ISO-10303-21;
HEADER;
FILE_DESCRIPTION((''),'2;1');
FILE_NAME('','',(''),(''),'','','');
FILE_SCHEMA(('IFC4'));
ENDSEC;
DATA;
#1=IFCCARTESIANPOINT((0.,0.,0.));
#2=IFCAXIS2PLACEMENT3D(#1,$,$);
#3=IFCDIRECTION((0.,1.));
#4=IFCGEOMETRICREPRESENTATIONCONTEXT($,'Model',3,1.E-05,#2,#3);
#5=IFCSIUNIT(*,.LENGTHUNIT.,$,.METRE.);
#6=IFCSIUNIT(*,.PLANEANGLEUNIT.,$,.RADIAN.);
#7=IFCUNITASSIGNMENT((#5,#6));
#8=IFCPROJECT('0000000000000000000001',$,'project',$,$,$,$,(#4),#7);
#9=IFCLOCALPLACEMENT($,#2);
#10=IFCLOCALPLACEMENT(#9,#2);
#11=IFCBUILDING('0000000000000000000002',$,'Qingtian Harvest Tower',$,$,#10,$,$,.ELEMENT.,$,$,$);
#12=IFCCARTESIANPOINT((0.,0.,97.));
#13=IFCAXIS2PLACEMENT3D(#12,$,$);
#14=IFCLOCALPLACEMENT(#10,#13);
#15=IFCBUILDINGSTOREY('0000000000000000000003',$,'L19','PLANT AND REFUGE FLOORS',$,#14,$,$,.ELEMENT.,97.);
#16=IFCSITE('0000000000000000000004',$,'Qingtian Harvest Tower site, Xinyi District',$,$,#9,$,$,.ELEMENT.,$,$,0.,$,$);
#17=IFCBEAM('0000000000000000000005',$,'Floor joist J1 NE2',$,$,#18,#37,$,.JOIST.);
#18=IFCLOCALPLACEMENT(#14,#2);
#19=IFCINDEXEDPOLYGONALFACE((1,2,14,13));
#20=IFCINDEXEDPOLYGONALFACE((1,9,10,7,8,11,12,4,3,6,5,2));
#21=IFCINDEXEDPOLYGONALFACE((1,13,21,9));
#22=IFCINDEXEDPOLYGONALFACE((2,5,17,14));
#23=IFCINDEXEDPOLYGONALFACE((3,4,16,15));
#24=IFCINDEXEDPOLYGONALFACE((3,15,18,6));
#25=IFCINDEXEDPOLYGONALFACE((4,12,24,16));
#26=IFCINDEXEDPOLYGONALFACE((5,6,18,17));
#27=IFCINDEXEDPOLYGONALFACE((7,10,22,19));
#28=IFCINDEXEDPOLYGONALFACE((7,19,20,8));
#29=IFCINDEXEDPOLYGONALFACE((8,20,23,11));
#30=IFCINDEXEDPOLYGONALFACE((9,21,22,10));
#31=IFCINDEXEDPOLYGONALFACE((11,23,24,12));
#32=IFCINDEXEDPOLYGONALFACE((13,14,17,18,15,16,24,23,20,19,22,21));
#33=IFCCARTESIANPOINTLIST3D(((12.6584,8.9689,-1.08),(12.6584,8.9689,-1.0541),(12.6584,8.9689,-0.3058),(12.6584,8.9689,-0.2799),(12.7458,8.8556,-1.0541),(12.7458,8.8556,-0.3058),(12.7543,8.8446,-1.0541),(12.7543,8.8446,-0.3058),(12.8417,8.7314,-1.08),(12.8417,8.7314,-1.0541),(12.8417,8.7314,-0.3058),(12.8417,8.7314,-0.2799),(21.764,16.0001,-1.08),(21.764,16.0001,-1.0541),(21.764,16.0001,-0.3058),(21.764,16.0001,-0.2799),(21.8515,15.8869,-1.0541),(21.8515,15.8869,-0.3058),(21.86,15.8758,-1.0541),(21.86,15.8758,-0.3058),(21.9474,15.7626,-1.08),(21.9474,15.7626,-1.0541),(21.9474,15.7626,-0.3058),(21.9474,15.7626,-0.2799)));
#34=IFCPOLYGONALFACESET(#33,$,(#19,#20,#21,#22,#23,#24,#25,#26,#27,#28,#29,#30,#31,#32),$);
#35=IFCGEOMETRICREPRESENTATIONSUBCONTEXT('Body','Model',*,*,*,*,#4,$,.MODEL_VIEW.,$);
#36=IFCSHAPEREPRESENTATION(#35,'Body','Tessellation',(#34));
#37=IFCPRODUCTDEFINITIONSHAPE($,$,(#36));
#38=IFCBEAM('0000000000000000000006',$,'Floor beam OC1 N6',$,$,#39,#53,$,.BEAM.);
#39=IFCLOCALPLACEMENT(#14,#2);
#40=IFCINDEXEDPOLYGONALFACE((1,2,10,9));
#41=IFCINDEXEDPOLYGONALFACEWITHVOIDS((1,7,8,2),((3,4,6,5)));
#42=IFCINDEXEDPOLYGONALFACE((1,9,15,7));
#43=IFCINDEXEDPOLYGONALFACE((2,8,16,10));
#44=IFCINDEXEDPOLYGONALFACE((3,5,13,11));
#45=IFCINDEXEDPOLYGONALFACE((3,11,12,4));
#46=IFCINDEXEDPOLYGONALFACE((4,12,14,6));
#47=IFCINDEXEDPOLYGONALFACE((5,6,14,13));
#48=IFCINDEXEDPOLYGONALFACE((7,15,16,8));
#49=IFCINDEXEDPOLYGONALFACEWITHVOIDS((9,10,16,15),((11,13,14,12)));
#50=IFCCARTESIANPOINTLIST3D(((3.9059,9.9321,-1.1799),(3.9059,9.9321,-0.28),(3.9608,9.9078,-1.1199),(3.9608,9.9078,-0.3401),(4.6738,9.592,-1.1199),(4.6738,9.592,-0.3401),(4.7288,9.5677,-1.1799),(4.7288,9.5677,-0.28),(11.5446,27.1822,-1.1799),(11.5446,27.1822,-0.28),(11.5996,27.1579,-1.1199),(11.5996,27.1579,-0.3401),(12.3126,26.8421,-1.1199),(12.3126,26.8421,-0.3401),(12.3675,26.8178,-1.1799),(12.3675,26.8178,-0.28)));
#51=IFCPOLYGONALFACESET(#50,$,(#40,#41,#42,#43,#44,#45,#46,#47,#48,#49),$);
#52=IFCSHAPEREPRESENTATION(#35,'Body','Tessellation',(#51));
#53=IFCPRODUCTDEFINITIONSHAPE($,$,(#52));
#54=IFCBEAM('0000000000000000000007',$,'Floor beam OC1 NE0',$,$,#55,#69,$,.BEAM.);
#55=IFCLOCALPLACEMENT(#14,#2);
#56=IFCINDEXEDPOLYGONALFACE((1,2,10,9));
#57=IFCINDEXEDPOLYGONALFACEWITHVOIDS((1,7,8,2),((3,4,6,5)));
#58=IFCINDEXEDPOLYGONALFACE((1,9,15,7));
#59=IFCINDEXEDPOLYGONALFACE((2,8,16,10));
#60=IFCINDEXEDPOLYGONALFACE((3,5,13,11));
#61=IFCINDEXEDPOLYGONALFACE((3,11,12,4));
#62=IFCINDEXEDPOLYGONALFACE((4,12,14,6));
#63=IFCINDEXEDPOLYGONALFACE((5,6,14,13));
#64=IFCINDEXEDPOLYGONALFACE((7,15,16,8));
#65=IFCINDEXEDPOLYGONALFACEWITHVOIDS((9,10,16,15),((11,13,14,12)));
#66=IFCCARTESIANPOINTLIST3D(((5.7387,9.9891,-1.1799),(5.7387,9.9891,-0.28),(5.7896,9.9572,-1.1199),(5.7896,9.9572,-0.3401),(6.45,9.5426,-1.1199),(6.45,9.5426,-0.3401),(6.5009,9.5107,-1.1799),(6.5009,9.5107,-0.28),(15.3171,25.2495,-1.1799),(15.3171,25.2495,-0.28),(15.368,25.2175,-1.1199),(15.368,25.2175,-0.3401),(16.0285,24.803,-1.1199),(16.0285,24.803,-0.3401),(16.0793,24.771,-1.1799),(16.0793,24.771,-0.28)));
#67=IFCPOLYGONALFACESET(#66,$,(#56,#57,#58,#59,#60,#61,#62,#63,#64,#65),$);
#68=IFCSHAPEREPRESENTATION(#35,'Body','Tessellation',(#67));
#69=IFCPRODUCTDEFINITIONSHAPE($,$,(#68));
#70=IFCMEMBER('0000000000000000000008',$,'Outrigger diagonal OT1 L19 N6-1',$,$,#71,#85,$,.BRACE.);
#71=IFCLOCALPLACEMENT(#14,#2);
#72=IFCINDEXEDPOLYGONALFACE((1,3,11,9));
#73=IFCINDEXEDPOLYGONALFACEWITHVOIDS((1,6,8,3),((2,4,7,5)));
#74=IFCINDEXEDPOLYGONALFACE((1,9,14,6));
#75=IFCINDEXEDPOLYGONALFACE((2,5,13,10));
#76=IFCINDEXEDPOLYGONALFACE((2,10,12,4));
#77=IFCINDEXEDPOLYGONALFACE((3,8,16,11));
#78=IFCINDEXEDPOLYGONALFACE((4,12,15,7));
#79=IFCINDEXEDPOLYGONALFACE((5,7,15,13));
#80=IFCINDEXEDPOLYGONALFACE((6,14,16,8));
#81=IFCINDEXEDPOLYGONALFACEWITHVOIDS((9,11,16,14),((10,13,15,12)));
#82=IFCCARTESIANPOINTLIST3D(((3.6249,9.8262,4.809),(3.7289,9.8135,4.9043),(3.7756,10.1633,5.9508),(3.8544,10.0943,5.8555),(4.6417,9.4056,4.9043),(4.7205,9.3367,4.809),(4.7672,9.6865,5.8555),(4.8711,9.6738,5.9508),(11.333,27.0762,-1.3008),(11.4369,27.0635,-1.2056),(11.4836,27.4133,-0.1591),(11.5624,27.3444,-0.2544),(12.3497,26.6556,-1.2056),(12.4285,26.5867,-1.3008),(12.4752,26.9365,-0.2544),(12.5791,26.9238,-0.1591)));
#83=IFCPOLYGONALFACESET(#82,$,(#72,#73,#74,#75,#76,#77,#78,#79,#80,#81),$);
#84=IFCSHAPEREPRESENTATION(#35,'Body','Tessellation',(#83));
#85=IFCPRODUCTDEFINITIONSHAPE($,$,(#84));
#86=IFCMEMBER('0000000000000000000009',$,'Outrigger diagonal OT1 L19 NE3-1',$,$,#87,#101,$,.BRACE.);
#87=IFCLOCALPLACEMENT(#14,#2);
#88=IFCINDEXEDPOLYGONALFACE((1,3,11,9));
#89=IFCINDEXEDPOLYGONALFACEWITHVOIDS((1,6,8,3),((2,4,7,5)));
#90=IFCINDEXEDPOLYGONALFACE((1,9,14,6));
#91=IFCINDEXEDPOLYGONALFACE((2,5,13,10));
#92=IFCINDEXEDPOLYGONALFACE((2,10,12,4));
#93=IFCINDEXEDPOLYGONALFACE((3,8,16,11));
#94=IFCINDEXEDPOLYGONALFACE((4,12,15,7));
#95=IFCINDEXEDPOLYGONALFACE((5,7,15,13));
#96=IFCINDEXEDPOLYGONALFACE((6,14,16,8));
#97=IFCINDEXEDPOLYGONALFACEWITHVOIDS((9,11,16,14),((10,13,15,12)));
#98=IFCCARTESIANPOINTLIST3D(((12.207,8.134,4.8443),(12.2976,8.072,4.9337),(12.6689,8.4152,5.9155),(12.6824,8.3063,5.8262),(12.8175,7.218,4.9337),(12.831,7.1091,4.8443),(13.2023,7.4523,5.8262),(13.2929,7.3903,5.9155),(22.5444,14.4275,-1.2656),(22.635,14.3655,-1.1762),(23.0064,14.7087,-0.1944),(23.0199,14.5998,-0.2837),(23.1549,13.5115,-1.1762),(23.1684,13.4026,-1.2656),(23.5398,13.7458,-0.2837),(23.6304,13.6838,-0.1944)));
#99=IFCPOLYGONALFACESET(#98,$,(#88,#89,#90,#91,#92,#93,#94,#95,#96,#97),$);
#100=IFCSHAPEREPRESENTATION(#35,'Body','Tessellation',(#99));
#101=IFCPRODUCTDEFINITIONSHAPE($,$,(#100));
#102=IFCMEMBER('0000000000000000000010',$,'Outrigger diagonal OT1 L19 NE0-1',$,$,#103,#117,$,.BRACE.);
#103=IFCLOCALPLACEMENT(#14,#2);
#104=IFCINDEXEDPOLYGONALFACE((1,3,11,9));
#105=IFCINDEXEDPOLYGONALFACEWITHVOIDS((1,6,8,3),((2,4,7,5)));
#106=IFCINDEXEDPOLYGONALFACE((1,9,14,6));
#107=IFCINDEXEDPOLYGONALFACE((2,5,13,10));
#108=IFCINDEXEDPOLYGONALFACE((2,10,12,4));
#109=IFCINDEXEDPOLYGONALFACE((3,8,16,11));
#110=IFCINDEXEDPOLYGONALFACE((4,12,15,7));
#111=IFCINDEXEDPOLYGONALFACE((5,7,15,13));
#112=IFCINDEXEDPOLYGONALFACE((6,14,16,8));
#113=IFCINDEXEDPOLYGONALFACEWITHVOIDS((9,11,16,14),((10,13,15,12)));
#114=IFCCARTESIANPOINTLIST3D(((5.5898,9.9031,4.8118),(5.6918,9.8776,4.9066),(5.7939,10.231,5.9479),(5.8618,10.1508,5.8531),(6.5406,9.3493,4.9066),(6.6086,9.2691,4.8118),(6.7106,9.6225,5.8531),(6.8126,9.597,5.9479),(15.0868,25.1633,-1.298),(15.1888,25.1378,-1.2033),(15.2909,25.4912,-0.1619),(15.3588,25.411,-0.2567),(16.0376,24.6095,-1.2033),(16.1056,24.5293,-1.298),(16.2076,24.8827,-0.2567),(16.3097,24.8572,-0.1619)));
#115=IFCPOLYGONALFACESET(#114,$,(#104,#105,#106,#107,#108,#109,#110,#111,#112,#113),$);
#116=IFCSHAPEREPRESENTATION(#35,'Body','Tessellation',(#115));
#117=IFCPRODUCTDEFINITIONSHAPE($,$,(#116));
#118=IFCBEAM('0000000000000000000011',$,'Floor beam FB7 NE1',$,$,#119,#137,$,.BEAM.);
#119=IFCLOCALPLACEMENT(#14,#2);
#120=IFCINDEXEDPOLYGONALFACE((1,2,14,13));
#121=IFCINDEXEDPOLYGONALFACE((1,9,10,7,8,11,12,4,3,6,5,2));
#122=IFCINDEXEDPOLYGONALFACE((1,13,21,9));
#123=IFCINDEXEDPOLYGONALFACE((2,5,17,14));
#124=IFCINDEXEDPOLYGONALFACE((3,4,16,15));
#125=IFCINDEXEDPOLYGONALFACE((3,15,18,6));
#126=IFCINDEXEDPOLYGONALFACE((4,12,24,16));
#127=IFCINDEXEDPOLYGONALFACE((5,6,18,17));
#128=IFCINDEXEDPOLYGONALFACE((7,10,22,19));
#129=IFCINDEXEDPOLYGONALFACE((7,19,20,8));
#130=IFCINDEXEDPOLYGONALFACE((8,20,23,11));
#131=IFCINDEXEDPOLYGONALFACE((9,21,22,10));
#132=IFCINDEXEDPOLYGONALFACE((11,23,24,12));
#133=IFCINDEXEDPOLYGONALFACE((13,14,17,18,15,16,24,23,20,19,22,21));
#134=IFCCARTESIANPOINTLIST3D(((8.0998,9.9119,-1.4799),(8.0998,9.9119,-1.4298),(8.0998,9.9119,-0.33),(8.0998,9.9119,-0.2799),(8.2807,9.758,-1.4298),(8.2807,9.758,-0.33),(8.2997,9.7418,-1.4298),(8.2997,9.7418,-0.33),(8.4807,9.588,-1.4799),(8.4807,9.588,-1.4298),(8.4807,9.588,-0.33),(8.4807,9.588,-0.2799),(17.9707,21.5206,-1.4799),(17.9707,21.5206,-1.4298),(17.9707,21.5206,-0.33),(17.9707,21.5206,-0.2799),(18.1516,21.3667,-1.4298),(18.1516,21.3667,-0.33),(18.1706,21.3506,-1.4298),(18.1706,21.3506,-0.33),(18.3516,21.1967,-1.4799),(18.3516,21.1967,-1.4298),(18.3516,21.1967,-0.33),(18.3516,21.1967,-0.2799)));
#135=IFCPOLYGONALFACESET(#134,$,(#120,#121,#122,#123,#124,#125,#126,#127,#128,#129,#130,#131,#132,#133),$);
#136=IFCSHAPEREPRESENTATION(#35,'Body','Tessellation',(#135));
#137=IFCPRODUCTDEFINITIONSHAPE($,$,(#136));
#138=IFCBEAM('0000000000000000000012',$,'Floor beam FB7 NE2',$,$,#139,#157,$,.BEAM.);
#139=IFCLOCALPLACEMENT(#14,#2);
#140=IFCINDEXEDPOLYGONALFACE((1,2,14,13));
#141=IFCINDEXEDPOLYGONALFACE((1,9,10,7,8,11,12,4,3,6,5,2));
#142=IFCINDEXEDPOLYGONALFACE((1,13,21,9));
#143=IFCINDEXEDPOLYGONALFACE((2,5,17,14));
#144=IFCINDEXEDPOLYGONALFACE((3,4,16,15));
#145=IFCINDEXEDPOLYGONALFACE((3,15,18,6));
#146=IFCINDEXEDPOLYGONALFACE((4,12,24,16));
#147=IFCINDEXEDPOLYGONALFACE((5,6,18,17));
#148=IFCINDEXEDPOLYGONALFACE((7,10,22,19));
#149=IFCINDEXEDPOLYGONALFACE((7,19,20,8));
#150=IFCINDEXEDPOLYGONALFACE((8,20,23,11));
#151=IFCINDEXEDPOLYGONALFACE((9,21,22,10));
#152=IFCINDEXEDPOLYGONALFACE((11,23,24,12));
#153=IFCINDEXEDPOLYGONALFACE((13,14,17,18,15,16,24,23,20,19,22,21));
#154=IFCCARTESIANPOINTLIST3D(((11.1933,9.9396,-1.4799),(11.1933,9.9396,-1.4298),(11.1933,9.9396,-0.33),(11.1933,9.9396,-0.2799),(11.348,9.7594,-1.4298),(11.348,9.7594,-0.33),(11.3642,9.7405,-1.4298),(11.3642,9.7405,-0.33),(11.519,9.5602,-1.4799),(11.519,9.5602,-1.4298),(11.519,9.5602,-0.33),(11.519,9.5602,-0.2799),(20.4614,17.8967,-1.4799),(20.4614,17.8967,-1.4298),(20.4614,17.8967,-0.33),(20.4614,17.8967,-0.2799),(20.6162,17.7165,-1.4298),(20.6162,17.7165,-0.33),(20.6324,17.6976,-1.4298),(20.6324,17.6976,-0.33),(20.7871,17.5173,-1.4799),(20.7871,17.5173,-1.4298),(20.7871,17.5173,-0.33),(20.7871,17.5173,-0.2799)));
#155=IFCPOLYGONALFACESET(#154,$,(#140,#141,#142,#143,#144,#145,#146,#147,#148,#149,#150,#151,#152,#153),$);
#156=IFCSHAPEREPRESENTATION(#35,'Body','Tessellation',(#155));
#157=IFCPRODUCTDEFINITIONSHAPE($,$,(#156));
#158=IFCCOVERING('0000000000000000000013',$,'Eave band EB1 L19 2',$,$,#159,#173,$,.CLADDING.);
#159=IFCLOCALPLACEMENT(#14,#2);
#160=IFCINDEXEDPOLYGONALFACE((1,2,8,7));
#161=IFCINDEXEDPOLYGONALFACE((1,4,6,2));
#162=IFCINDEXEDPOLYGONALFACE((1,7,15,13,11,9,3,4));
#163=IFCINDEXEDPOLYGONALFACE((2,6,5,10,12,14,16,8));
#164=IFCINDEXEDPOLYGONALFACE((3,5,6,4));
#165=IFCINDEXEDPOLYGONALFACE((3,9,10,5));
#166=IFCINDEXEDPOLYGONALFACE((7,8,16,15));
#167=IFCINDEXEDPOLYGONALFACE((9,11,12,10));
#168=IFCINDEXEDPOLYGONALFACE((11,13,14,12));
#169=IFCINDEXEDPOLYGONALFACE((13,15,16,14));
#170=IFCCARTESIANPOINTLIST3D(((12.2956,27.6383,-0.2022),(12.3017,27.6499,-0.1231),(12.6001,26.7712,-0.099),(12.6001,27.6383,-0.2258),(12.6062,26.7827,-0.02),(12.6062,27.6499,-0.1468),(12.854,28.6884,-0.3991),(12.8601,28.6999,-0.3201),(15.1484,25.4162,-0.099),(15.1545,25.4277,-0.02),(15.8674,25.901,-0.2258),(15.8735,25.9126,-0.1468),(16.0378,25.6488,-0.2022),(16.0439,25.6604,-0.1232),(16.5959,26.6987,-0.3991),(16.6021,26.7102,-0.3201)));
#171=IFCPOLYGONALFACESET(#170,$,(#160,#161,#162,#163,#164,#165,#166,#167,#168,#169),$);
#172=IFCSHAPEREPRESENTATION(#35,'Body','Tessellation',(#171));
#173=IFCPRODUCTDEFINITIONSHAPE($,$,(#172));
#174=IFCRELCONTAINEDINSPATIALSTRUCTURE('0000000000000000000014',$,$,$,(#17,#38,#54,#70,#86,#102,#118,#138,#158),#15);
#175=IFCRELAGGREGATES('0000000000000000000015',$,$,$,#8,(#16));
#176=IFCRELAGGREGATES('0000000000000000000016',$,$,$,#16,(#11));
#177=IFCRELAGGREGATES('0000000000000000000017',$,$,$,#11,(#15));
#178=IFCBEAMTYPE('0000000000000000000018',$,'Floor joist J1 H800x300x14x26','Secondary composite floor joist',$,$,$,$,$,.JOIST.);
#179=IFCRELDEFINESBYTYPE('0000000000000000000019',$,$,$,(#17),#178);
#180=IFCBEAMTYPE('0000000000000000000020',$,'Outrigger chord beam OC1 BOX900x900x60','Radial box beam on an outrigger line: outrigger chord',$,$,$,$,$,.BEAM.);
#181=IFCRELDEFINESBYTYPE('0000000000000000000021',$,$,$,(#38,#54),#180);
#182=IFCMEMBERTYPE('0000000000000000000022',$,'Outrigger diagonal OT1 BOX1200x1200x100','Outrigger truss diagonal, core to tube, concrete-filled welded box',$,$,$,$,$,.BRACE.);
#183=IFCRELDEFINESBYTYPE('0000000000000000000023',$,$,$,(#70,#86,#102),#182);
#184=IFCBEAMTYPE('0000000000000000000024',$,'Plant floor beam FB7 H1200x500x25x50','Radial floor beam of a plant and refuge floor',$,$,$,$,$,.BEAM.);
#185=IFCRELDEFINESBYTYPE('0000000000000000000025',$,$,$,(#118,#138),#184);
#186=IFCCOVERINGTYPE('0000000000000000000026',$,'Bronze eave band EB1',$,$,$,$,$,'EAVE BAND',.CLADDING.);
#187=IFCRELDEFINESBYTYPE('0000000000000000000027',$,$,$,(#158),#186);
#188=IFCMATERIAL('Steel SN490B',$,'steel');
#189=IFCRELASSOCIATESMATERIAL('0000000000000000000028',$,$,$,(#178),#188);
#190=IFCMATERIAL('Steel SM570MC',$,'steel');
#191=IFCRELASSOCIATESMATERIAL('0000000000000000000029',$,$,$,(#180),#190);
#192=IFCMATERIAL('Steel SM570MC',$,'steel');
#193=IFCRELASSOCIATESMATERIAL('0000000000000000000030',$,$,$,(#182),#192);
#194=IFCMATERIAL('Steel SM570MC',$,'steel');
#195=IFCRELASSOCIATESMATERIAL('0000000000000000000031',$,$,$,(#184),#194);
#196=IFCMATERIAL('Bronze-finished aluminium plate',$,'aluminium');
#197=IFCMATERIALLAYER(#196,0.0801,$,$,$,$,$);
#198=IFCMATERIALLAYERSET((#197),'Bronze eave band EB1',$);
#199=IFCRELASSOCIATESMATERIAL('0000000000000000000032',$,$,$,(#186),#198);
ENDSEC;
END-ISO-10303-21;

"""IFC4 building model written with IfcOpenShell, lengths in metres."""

from ifc_helpers import new_model, si_unit, direction, frame, origin, origin_2d, place, context, subcontext, project, spatial, polyline, hollow_rectangle, i_section, outline, extrude, material, layer, layer_set, material_profile, profile_set, type_object, element, save


model = new_model("IFC4")

# Units and contexts
model_context = context("Model", 3, precision=1e-05, world=origin(), true_north=direction((0.0, 1.0)))
body_context = subcontext(model_context, "Body", "Model", "MODEL_VIEW")
ifc_project = project(units=[si_unit("LENGTHUNIT", "METRE"), si_unit("PLANEANGLEUNIT", "RADIAN")], contexts=[model_context])

# Site, building, storey
site_placement = place(None, origin())
site = spatial("IfcSite", under=ifc_project, at=site_placement, Name="Qingtian Harvest Tower site, Xinyi District", CompositionType="ELEMENT", RefElevation=0.0)
building_placement = place(site_placement, origin())
building = spatial("IfcBuilding", under=site, at=building_placement, Name="Qingtian Harvest Tower", CompositionType="ELEMENT")
storey_placement = place(building_placement, frame((0.0, 0.0, 97.0)))
storey = spatial("IfcBuildingStorey", under=building, at=storey_placement, Name="L19", Description="PLANT AND REFUGE FLOORS", CompositionType="ELEMENT", Elevation=97.0)

# Beams
ifc_material_1 = material(Name="Steel SN490B", Category="steel")
ifc_material_profile_1 = material_profile(ifc_material_1, i_section(OverallWidth=0.3, OverallDepth=0.8, WebThickness=0.0139, FlangeThickness=0.0259, at=origin_2d()), Name="H800x300x14x26")
ifc_profile_set_1 = profile_set([ifc_material_profile_1], Name="Steel SN490B")
beam_type_1 = type_object("IfcBeamType", Name="Floor joist J1 H800x300x14x26", Description="Secondary composite floor joist", PredefinedType="JOIST", material=ifc_profile_set_1)
beam_1_placement = place(storey_placement, frame((21.8557, 15.8813, -0.6799), z_axis=(-0.791495, -0.611176, 0.0), x_axis=(0.611176, -0.791495, 0.0)))
element("IfcBeam", 1, at=beam_1_placement, inside=storey, type_object=beam_type_1, Name="Floor joist J1 NE2", PredefinedType="JOIST", context=body_context, shape_type="SweptSolid", body=[
    extrude(i_section(OverallWidth=0.3, OverallDepth=0.8, WebThickness=0.0139, FlangeThickness=0.0259, at=origin_2d()), origin(), (0.0, 0.0, 1.0), 11.5044),
])
ifc_material_2 = material(Name="Steel SM570MC", Category="steel")
ifc_material_profile_2 = material_profile(ifc_material_2, hollow_rectangle(XDim=0.8999, YDim=0.8999, WallThickness=0.0601, at=origin_2d()), Name="BOX900x900x60")
ifc_profile_set_2 = profile_set([ifc_material_profile_2], Name="Steel SM570MC")
beam_type_2 = type_object("IfcBeamType", Name="Outrigger chord beam OC1 BOX900x900x60", Description="Radial box beam on an outrigger line: outrigger chord", PredefinedType="BEAM", material=ifc_profile_set_2)
beam_2_placement = place(storey_placement, frame((11.9561, 27.0, -0.73), z_axis=(-0.404899, -0.914361, 0.0), x_axis=(0.914361, -0.404899, 0.0)))
element("IfcBeam", 2, at=beam_2_placement, inside=storey, type_object=beam_type_2, Name="Floor beam OC1 N6", PredefinedType="BEAM", context=body_context, shape_type="SweptSolid", body=[
    extrude(hollow_rectangle(XDim=0.8999, YDim=0.8999, WallThickness=0.0601, at=origin_2d()), origin(), (0.0, 0.0, 1.0), 18.8657),
])
beam_3_placement = place(storey_placement, frame((15.6982, 25.0103, -0.73), z_axis=(-0.531623, -0.846981, 0.0), x_axis=(0.846981, -0.531623, 0.0)))
element("IfcBeam", 3, at=beam_3_placement, inside=storey, type_object=beam_type_2, Name="Floor beam OC1 NE0", PredefinedType="BEAM", context=body_context, shape_type="SweptSolid", body=[
    extrude(hollow_rectangle(XDim=0.8999, YDim=0.8999, WallThickness=0.0601, at=origin_2d()), origin(), (0.0, 0.0, 1.0), 18.0173),
])

# Members
ifc_material_3 = material(Name="Steel SM570MC", Category="steel")
ifc_material_profile_3 = material_profile(ifc_material_3, hollow_rectangle(XDim=1.2, YDim=1.2, WallThickness=0.1001, at=origin_2d()), Name="BOX1200x1200x100")
ifc_profile_set_3 = profile_set([ifc_material_profile_3], Name="Steel SM570MC")
member_type_1 = type_object("IfcMemberType", Name="Outrigger diagonal OT1 BOX1200x1200x100", Description="Outrigger truss diagonal, core to tube, concrete-filled welded box", PredefinedType="BRACE", material=ifc_profile_set_3)
member_1_placement = place(storey_placement, frame((11.9561, 27.0, -0.73), z_axis=(-0.388173, -0.868705, 0.307691), x_axis=(0.912998, -0.407965, 0.0)))
element("IfcMember", 4, at=member_1_placement, inside=storey, type_object=member_type_1, Name="Outrigger diagonal OT1 L19 N6-1", PredefinedType="BRACE", context=body_context, shape_type="SweptSolid", body=[
    extrude(hollow_rectangle(XDim=1.2, YDim=1.2, WallThickness=0.1001, at=origin_2d()), origin(), (0.0, 0.0, 1.0), 19.8572),
])
member_2_placement = place(storey_placement, frame((23.0874, 14.0557, -0.73), z_axis=(-0.762498, -0.464212, 0.45067), x_axis=(0.520015, -0.854157, 0.0)))
element("IfcMember", 5, at=member_2_placement, inside=storey, type_object=member_type_1, Name="Outrigger diagonal OT1 L19 NE3-1", PredefinedType="BRACE", context=body_context, shape_type="SweptSolid", body=[
    extrude(hollow_rectangle(XDim=1.2, YDim=1.2, WallThickness=0.1001, at=origin_2d()), origin(), (0.0, 0.0, 1.0), 13.5574),
])
member_3_placement = place(storey_placement, frame((15.6982, 25.0103, -0.73), z_axis=(-0.500262, -0.803839, 0.321839), x_axis=(0.849012, -0.528374, 0.0)))
element("IfcMember", 6, at=member_3_placement, inside=storey, type_object=member_type_1, Name="Outrigger diagonal OT1 L19 NE0-1", PredefinedType="BRACE", context=body_context, shape_type="SweptSolid", body=[
    extrude(hollow_rectangle(XDim=1.2, YDim=1.2, WallThickness=0.1001, at=origin_2d()), origin(), (0.0, 0.0, 1.0), 18.9841),
])

# Beams
ifc_material_4 = material(Name="Steel SM570MC", Category="steel")
ifc_material_profile_4 = material_profile(ifc_material_4, i_section(OverallWidth=0.5, OverallDepth=1.2, WebThickness=0.0249, FlangeThickness=0.05, at=origin_2d()), Name="H1200x500x25x50")
ifc_profile_set_4 = profile_set([ifc_material_profile_4], Name="Steel SM570MC")
beam_type_3 = type_object("IfcBeamType", Name="Plant floor beam FB7 H1200x500x25x50", Description="Radial floor beam of a plant and refuge floor", PredefinedType="BEAM", material=ifc_profile_set_4)
beam_4_placement = place(storey_placement, frame((18.1611, 21.3586, -0.8799), z_axis=(-0.647782, -0.761826, 0.0), x_axis=(0.761826, -0.647782, 0.0)))
element("IfcBeam", 7, at=beam_4_placement, inside=storey, type_object=beam_type_3, Name="Floor beam FB7 NE1", PredefinedType="BEAM", context=body_context, shape_type="SweptSolid", body=[
    extrude(i_section(OverallWidth=0.5, OverallDepth=1.2, WebThickness=0.0249, FlangeThickness=0.05, at=origin_2d()), origin(), (0.0, 0.0, 1.0), 15.238),
])
beam_5_placement = place(storey_placement, frame((20.6243, 17.707, -0.8799), z_axis=(-0.758732, -0.651403, 0.0), x_axis=(0.651403, -0.758732, 0.0)))
element("IfcBeam", 8, at=beam_5_placement, inside=storey, type_object=beam_type_3, Name="Floor beam FB7 NE2", PredefinedType="BEAM", context=body_context, shape_type="SweptSolid", body=[
    extrude(i_section(OverallWidth=0.5, OverallDepth=1.2, WebThickness=0.0249, FlangeThickness=0.05, at=origin_2d()), origin(), (0.0, 0.0, 1.0), 12.2153),
])

# Covering
ifc_material_5 = material(Name="Bronze-finished aluminium plate", Category="aluminium")
ifc_layer_1 = layer(ifc_material_5, 0.0801)
ifc_layer_set_1 = layer_set([ifc_layer_1], Name="Bronze eave band EB1")
covering_type = type_object("IfcCoveringType", Name="Bronze eave band EB1", ElementType="EAVE BAND", PredefinedType="CLADDING", material=ifc_layer_set_1)
covering_1_placement = place(storey_placement, frame((12.6062, 26.7827, -0.02), z_axis=(0.076701, 0.144256, 0.986563), x_axis=(-0.000008, 0.989478, -0.144682)))
element("IfcCovering", 9, at=covering_1_placement, inside=storey, type_object=covering_type, Name="Eave band EB1 L19 2", PredefinedType="CLADDING", context=body_context, shape_type="SweptSolid", body=[
    extrude(outline(polyline([(0.0, 0.0), (0.8764, 0.0), (0.873, 0.3053), (1.9405, -0.2547), (-0.0284, -4.0077), (-1.0956, -3.4479), (-0.8427, -3.277), (-1.3407, -2.5559), (0.0, 0.0)])), origin(), (0.0, 0.0, -1.0), 0.0801),
])

save(model, "model.ifc")
